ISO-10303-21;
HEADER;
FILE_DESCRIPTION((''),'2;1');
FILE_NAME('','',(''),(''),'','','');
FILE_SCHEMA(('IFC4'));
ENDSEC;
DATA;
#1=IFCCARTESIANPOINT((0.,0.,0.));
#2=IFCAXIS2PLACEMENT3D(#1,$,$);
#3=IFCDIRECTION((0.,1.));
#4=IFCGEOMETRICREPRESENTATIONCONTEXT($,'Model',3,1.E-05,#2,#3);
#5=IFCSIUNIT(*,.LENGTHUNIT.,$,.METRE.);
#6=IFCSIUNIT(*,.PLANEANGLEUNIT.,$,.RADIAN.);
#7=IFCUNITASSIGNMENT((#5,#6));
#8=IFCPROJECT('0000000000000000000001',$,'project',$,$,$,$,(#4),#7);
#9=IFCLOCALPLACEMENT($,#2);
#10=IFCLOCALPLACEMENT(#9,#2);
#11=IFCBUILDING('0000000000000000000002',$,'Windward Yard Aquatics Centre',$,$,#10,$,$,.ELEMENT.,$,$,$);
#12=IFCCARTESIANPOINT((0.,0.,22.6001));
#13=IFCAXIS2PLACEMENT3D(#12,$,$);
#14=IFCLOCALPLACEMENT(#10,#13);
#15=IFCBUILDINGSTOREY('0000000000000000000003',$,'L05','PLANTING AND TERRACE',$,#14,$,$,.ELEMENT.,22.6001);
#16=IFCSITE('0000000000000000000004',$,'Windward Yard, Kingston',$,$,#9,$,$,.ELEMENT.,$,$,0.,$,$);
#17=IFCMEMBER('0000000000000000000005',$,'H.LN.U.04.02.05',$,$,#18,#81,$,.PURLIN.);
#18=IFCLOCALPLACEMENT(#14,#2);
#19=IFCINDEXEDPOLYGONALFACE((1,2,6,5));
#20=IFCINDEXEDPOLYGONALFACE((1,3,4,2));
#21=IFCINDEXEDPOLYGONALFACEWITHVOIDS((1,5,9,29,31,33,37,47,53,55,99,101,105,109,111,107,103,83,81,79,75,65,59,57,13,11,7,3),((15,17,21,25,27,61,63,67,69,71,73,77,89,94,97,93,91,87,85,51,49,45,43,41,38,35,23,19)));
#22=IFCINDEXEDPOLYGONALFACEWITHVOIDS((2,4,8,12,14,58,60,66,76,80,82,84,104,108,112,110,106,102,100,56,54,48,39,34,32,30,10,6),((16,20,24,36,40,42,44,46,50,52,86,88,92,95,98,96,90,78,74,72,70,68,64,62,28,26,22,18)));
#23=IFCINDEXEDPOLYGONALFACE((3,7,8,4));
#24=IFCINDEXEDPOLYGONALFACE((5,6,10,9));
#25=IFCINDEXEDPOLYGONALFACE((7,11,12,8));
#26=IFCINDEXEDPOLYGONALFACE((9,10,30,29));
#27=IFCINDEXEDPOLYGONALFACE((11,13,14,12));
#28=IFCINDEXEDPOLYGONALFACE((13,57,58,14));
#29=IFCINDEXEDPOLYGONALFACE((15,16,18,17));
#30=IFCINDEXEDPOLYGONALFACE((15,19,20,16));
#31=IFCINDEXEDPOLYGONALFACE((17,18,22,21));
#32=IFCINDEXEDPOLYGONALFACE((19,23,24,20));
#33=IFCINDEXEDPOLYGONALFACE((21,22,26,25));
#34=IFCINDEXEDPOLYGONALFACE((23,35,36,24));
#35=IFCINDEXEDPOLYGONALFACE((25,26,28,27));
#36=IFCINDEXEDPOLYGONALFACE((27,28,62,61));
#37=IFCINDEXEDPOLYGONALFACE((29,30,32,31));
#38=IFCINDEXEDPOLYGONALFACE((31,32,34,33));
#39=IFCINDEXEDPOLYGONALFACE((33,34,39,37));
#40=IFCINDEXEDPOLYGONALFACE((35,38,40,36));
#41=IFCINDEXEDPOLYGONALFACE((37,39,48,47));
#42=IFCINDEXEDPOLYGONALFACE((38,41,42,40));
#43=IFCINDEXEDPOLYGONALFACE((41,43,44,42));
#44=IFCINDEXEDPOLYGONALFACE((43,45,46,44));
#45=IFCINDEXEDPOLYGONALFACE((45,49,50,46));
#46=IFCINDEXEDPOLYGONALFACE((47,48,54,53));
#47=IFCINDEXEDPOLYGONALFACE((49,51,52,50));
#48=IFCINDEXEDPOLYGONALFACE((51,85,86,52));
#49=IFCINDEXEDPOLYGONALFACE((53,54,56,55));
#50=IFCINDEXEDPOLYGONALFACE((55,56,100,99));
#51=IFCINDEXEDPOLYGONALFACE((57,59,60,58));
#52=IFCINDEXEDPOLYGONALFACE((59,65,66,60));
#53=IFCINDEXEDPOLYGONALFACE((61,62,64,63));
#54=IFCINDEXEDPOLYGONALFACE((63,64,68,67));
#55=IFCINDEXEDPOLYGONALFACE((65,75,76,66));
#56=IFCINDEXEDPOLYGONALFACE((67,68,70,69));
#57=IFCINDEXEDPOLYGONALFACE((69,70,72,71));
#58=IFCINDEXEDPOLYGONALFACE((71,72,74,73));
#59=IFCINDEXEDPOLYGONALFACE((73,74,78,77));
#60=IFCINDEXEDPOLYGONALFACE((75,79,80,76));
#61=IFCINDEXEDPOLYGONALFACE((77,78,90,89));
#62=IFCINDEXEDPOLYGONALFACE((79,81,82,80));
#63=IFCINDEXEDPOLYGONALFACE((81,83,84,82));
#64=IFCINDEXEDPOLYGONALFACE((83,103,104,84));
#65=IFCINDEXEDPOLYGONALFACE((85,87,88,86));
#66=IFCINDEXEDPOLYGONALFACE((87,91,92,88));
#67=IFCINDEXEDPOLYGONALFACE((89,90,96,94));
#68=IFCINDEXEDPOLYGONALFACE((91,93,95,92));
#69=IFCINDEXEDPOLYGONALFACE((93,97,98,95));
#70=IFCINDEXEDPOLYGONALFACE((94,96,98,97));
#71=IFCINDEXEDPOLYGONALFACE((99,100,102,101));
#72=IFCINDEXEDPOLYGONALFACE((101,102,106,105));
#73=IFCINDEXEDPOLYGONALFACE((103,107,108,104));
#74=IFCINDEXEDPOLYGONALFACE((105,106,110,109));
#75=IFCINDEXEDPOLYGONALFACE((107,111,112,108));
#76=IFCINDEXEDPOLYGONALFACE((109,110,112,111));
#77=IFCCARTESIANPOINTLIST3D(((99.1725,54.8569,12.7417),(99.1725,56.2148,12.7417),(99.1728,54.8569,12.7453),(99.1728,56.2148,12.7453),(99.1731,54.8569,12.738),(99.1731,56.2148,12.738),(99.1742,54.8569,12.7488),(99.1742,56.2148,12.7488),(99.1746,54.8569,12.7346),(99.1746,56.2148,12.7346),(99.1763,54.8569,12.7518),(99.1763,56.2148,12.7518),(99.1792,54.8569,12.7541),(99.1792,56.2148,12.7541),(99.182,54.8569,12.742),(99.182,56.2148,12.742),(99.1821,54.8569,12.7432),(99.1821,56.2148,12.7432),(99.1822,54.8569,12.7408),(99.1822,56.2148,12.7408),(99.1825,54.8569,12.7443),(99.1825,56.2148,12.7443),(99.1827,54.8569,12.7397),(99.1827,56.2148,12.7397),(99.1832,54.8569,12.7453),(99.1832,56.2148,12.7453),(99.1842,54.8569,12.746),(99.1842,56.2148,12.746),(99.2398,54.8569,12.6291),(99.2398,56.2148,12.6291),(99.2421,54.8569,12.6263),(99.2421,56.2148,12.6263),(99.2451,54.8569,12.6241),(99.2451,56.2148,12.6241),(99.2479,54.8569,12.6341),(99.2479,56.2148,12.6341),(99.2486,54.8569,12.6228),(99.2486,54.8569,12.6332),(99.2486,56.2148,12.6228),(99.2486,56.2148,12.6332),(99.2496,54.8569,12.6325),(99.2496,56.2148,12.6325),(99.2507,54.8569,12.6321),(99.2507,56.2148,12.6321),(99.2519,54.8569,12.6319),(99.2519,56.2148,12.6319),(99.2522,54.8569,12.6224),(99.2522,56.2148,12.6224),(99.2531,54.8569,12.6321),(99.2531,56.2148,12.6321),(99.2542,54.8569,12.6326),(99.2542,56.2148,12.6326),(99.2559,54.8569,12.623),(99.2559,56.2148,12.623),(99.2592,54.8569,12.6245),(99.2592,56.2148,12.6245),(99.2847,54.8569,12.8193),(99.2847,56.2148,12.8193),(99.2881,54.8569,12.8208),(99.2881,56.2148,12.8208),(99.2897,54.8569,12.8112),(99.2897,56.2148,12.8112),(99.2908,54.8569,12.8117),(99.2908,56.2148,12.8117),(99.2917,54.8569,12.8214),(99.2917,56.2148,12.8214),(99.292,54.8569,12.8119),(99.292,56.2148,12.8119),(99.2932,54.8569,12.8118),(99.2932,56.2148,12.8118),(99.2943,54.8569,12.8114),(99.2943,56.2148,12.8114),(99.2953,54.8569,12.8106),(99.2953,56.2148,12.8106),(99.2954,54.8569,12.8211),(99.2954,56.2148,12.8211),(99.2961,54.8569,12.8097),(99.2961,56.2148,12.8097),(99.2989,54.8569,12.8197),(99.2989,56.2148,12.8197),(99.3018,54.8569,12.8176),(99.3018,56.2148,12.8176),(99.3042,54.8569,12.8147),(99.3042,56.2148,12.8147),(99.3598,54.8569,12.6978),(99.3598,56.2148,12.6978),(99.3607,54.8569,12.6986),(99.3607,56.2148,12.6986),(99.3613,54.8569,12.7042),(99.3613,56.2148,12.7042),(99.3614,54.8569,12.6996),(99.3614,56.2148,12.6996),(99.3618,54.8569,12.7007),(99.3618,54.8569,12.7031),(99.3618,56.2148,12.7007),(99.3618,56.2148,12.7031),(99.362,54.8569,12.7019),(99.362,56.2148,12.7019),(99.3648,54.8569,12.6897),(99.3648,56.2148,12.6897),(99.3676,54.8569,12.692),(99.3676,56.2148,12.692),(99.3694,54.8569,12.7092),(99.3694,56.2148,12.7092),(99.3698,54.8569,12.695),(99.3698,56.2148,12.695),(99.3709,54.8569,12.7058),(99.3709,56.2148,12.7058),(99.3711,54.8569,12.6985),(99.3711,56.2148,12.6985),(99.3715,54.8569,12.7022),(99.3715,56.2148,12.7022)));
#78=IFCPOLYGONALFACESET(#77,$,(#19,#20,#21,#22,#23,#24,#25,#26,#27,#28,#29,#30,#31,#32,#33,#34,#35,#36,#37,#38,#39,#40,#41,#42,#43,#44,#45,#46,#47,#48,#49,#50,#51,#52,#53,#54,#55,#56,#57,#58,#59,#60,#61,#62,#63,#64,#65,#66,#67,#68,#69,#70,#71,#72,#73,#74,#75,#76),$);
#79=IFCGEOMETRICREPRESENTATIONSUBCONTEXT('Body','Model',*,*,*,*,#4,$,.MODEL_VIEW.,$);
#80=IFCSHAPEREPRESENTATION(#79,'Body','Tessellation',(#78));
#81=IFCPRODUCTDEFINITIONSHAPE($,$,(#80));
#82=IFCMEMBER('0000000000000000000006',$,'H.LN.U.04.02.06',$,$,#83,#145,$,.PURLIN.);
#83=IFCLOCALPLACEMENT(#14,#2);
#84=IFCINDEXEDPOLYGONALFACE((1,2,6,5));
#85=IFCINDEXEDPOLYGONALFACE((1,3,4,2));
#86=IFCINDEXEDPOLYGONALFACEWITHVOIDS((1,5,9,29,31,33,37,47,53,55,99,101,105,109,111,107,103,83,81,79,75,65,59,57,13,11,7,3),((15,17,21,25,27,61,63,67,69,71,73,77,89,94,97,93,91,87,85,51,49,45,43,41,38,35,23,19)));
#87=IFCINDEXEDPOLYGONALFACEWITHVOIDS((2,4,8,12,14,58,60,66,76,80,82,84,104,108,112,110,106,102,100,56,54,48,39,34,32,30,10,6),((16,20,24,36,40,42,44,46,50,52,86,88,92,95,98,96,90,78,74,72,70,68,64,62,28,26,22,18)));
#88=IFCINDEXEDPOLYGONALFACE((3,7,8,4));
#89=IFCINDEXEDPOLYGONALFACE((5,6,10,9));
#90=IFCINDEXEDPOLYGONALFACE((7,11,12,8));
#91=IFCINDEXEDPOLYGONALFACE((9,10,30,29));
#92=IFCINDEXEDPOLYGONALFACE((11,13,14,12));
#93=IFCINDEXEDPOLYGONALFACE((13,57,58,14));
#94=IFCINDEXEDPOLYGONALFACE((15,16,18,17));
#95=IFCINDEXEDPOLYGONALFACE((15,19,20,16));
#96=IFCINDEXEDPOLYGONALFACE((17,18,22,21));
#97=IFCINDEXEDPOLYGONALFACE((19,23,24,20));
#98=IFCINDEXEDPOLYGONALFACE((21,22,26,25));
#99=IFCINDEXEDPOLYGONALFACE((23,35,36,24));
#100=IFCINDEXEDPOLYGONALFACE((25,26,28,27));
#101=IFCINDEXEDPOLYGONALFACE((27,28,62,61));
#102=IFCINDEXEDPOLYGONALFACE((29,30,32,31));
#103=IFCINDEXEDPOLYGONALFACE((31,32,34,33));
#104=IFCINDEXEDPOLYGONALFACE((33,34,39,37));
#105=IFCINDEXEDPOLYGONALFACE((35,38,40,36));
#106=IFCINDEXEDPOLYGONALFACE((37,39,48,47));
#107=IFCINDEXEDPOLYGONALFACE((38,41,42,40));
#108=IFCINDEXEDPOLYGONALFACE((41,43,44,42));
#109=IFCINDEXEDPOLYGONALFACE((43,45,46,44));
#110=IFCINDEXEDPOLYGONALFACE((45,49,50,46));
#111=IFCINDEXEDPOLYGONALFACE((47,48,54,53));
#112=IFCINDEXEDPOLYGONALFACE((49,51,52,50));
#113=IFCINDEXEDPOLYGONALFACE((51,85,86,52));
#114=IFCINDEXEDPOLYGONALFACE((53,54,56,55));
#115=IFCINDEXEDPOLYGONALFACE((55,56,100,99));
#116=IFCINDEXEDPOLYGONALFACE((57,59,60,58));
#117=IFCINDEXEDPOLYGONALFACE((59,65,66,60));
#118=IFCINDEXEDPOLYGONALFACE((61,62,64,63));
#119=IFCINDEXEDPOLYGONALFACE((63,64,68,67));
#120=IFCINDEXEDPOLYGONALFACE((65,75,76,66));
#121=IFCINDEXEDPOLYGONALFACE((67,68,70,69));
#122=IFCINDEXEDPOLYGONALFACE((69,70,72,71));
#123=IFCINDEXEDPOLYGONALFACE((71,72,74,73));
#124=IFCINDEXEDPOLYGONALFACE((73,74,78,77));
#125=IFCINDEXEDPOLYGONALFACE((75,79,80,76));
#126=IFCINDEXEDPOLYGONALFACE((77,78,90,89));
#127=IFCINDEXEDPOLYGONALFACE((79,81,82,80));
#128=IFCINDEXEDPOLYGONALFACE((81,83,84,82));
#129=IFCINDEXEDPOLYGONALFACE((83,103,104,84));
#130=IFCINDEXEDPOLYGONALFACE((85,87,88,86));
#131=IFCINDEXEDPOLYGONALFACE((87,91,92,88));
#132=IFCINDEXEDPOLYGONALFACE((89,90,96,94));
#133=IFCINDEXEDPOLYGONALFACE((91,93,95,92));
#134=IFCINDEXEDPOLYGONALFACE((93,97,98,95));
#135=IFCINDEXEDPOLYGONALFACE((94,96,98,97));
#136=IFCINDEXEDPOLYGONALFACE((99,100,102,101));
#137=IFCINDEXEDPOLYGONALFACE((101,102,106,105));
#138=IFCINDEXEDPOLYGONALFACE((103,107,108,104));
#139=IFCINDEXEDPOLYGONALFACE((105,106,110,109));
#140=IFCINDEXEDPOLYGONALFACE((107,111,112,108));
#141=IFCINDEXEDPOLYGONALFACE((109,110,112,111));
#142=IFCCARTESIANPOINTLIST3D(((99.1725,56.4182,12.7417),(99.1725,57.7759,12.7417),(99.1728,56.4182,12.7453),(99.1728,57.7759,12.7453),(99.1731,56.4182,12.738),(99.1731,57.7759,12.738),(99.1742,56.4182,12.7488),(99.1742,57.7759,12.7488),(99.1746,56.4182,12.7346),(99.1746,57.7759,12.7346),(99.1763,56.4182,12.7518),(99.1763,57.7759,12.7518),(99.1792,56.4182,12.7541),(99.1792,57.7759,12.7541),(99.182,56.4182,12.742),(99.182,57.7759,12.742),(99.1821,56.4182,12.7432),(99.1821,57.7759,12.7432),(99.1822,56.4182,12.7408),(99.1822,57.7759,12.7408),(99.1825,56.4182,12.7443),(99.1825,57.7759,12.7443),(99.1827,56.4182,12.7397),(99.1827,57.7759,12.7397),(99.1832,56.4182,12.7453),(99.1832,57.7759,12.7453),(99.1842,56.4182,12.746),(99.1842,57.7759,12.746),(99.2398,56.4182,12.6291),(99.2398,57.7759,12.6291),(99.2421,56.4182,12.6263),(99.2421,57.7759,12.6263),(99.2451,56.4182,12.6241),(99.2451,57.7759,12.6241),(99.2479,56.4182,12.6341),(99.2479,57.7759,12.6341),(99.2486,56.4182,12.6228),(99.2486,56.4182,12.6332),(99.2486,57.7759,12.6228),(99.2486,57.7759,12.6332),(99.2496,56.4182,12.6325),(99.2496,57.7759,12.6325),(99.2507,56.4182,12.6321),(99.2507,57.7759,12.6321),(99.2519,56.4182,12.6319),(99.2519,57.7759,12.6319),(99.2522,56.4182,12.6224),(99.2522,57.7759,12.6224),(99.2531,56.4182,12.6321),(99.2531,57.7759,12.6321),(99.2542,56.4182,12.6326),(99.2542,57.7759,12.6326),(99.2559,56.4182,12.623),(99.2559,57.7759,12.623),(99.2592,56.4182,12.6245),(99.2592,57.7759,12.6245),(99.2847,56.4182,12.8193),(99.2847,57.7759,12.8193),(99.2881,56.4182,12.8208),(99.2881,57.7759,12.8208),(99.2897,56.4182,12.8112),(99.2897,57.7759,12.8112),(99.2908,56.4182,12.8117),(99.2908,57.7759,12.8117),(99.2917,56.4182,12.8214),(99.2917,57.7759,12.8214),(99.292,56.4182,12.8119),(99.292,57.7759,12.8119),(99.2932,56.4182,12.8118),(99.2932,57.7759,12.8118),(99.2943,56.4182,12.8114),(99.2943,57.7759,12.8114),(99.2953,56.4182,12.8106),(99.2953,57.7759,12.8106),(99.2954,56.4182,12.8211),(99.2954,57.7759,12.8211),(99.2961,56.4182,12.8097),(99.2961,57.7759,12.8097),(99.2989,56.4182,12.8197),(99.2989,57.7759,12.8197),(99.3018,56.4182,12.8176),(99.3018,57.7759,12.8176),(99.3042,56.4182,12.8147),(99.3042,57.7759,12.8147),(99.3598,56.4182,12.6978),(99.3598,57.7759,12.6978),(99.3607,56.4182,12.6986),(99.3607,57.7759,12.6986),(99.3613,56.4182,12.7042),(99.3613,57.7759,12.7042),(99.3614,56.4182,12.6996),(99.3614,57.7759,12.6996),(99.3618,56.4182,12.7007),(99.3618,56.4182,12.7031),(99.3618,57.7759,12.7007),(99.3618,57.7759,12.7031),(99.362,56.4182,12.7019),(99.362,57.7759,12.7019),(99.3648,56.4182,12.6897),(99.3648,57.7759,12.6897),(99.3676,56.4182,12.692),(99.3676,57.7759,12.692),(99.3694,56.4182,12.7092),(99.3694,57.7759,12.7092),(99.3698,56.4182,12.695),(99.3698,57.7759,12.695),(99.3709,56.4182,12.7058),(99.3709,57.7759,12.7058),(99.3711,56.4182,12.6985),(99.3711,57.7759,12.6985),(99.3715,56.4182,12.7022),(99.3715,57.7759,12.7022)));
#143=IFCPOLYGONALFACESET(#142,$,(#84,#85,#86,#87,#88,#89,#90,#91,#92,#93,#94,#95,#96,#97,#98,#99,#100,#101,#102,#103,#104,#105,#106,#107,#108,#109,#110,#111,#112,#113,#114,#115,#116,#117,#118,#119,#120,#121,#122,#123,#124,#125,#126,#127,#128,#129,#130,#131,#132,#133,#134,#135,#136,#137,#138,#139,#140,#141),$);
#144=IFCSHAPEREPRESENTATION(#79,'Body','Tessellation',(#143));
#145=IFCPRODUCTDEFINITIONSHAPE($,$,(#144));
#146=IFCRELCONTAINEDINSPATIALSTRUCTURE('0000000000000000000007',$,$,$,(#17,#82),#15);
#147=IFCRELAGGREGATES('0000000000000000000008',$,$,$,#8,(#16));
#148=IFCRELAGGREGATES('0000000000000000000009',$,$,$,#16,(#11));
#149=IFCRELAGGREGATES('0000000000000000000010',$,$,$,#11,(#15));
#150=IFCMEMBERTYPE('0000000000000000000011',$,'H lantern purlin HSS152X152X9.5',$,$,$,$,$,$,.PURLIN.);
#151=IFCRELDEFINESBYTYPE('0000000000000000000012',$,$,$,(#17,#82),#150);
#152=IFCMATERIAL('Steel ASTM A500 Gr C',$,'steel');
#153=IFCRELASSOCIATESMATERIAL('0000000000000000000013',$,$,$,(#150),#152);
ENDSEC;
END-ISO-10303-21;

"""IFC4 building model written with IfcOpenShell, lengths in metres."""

from ifc_helpers import new_model, si_unit, direction, frame, origin, origin_2d, place, context, subcontext, project, spatial, hollow_rectangle, extrude, material, material_profile, profile_set, type_object, element, save


model = new_model("IFC4")

# Units and contexts
model_context = context("Model", 3, precision=1e-05, world=origin(), true_north=direction((0.0, 1.0)))
body_context = subcontext(model_context, "Body", "Model", "MODEL_VIEW")
ifc_project = project(units=[si_unit("LENGTHUNIT", "METRE"), si_unit("PLANEANGLEUNIT", "RADIAN")], contexts=[model_context])

# Site, building, storey
site_placement = place(None, origin())
site = spatial("IfcSite", under=ifc_project, at=site_placement, Name="Windward Yard, Kingston", CompositionType="ELEMENT", RefElevation=0.0)
building_placement = place(site_placement, origin())
building = spatial("IfcBuilding", under=site, at=building_placement, Name="Windward Yard Aquatics Centre", CompositionType="ELEMENT")
storey_placement = place(building_placement, frame((0.0, 0.0, 22.6001)))
storey = spatial("IfcBuildingStorey", under=building, at=storey_placement, Name="L05", Description="PLANTING AND TERRACE", CompositionType="ELEMENT", Elevation=22.6001)

# Members
ifc_material_1 = material(Name="Steel ASTM A500 Gr C", Category="steel")
ifc_material_profile = material_profile(ifc_material_1, hollow_rectangle(XDim=0.1523, YDim=0.1523, WallThickness=0.0095, InnerFilletRadius=0.0046, OuterFilletRadius=0.0142, at=origin_2d()), Name="HSS152X152X9.5")
ifc_profile_set = profile_set([ifc_material_profile], Name="Steel ASTM A500 Gr C")
member_type = type_object("IfcMemberType", Name="H lantern purlin HSS152X152X9.5", PredefinedType="PURLIN", material=ifc_profile_set)
member_1_placement = place(storey_placement, frame((99.272, 54.8569, 12.7219), z_axis=(0.0, 1.0, 0.0), x_axis=(-0.850755, 0.0, -0.525562)))
element("IfcMember", 1, at=member_1_placement, inside=storey, type_object=member_type, Name="H.LN.U.04.02.05", PredefinedType="PURLIN", context=body_context, shape_type="SweptSolid", body=[
    extrude(hollow_rectangle(XDim=0.1523, YDim=0.1523, WallThickness=0.0095, InnerFilletRadius=0.0046, OuterFilletRadius=0.0142, at=origin_2d()), origin(), (0.0, 0.0, 1.0), 1.3579),
])
member_2_placement = place(storey_placement, frame((99.272, 56.4182, 12.7219), z_axis=(0.0, 1.0, 0.0), x_axis=(-0.850755, 0.0, -0.525562)))
element("IfcMember", 2, at=member_2_placement, inside=storey, type_object=member_type, Name="H.LN.U.04.02.06", PredefinedType="PURLIN", context=body_context, shape_type="SweptSolid", body=[
    extrude(hollow_rectangle(XDim=0.1523, YDim=0.1523, WallThickness=0.0095, InnerFilletRadius=0.0046, OuterFilletRadius=0.0142, at=origin_2d()), origin(), (0.0, 0.0, 1.0), 1.3577),
])

save(model, "model.ifc")
